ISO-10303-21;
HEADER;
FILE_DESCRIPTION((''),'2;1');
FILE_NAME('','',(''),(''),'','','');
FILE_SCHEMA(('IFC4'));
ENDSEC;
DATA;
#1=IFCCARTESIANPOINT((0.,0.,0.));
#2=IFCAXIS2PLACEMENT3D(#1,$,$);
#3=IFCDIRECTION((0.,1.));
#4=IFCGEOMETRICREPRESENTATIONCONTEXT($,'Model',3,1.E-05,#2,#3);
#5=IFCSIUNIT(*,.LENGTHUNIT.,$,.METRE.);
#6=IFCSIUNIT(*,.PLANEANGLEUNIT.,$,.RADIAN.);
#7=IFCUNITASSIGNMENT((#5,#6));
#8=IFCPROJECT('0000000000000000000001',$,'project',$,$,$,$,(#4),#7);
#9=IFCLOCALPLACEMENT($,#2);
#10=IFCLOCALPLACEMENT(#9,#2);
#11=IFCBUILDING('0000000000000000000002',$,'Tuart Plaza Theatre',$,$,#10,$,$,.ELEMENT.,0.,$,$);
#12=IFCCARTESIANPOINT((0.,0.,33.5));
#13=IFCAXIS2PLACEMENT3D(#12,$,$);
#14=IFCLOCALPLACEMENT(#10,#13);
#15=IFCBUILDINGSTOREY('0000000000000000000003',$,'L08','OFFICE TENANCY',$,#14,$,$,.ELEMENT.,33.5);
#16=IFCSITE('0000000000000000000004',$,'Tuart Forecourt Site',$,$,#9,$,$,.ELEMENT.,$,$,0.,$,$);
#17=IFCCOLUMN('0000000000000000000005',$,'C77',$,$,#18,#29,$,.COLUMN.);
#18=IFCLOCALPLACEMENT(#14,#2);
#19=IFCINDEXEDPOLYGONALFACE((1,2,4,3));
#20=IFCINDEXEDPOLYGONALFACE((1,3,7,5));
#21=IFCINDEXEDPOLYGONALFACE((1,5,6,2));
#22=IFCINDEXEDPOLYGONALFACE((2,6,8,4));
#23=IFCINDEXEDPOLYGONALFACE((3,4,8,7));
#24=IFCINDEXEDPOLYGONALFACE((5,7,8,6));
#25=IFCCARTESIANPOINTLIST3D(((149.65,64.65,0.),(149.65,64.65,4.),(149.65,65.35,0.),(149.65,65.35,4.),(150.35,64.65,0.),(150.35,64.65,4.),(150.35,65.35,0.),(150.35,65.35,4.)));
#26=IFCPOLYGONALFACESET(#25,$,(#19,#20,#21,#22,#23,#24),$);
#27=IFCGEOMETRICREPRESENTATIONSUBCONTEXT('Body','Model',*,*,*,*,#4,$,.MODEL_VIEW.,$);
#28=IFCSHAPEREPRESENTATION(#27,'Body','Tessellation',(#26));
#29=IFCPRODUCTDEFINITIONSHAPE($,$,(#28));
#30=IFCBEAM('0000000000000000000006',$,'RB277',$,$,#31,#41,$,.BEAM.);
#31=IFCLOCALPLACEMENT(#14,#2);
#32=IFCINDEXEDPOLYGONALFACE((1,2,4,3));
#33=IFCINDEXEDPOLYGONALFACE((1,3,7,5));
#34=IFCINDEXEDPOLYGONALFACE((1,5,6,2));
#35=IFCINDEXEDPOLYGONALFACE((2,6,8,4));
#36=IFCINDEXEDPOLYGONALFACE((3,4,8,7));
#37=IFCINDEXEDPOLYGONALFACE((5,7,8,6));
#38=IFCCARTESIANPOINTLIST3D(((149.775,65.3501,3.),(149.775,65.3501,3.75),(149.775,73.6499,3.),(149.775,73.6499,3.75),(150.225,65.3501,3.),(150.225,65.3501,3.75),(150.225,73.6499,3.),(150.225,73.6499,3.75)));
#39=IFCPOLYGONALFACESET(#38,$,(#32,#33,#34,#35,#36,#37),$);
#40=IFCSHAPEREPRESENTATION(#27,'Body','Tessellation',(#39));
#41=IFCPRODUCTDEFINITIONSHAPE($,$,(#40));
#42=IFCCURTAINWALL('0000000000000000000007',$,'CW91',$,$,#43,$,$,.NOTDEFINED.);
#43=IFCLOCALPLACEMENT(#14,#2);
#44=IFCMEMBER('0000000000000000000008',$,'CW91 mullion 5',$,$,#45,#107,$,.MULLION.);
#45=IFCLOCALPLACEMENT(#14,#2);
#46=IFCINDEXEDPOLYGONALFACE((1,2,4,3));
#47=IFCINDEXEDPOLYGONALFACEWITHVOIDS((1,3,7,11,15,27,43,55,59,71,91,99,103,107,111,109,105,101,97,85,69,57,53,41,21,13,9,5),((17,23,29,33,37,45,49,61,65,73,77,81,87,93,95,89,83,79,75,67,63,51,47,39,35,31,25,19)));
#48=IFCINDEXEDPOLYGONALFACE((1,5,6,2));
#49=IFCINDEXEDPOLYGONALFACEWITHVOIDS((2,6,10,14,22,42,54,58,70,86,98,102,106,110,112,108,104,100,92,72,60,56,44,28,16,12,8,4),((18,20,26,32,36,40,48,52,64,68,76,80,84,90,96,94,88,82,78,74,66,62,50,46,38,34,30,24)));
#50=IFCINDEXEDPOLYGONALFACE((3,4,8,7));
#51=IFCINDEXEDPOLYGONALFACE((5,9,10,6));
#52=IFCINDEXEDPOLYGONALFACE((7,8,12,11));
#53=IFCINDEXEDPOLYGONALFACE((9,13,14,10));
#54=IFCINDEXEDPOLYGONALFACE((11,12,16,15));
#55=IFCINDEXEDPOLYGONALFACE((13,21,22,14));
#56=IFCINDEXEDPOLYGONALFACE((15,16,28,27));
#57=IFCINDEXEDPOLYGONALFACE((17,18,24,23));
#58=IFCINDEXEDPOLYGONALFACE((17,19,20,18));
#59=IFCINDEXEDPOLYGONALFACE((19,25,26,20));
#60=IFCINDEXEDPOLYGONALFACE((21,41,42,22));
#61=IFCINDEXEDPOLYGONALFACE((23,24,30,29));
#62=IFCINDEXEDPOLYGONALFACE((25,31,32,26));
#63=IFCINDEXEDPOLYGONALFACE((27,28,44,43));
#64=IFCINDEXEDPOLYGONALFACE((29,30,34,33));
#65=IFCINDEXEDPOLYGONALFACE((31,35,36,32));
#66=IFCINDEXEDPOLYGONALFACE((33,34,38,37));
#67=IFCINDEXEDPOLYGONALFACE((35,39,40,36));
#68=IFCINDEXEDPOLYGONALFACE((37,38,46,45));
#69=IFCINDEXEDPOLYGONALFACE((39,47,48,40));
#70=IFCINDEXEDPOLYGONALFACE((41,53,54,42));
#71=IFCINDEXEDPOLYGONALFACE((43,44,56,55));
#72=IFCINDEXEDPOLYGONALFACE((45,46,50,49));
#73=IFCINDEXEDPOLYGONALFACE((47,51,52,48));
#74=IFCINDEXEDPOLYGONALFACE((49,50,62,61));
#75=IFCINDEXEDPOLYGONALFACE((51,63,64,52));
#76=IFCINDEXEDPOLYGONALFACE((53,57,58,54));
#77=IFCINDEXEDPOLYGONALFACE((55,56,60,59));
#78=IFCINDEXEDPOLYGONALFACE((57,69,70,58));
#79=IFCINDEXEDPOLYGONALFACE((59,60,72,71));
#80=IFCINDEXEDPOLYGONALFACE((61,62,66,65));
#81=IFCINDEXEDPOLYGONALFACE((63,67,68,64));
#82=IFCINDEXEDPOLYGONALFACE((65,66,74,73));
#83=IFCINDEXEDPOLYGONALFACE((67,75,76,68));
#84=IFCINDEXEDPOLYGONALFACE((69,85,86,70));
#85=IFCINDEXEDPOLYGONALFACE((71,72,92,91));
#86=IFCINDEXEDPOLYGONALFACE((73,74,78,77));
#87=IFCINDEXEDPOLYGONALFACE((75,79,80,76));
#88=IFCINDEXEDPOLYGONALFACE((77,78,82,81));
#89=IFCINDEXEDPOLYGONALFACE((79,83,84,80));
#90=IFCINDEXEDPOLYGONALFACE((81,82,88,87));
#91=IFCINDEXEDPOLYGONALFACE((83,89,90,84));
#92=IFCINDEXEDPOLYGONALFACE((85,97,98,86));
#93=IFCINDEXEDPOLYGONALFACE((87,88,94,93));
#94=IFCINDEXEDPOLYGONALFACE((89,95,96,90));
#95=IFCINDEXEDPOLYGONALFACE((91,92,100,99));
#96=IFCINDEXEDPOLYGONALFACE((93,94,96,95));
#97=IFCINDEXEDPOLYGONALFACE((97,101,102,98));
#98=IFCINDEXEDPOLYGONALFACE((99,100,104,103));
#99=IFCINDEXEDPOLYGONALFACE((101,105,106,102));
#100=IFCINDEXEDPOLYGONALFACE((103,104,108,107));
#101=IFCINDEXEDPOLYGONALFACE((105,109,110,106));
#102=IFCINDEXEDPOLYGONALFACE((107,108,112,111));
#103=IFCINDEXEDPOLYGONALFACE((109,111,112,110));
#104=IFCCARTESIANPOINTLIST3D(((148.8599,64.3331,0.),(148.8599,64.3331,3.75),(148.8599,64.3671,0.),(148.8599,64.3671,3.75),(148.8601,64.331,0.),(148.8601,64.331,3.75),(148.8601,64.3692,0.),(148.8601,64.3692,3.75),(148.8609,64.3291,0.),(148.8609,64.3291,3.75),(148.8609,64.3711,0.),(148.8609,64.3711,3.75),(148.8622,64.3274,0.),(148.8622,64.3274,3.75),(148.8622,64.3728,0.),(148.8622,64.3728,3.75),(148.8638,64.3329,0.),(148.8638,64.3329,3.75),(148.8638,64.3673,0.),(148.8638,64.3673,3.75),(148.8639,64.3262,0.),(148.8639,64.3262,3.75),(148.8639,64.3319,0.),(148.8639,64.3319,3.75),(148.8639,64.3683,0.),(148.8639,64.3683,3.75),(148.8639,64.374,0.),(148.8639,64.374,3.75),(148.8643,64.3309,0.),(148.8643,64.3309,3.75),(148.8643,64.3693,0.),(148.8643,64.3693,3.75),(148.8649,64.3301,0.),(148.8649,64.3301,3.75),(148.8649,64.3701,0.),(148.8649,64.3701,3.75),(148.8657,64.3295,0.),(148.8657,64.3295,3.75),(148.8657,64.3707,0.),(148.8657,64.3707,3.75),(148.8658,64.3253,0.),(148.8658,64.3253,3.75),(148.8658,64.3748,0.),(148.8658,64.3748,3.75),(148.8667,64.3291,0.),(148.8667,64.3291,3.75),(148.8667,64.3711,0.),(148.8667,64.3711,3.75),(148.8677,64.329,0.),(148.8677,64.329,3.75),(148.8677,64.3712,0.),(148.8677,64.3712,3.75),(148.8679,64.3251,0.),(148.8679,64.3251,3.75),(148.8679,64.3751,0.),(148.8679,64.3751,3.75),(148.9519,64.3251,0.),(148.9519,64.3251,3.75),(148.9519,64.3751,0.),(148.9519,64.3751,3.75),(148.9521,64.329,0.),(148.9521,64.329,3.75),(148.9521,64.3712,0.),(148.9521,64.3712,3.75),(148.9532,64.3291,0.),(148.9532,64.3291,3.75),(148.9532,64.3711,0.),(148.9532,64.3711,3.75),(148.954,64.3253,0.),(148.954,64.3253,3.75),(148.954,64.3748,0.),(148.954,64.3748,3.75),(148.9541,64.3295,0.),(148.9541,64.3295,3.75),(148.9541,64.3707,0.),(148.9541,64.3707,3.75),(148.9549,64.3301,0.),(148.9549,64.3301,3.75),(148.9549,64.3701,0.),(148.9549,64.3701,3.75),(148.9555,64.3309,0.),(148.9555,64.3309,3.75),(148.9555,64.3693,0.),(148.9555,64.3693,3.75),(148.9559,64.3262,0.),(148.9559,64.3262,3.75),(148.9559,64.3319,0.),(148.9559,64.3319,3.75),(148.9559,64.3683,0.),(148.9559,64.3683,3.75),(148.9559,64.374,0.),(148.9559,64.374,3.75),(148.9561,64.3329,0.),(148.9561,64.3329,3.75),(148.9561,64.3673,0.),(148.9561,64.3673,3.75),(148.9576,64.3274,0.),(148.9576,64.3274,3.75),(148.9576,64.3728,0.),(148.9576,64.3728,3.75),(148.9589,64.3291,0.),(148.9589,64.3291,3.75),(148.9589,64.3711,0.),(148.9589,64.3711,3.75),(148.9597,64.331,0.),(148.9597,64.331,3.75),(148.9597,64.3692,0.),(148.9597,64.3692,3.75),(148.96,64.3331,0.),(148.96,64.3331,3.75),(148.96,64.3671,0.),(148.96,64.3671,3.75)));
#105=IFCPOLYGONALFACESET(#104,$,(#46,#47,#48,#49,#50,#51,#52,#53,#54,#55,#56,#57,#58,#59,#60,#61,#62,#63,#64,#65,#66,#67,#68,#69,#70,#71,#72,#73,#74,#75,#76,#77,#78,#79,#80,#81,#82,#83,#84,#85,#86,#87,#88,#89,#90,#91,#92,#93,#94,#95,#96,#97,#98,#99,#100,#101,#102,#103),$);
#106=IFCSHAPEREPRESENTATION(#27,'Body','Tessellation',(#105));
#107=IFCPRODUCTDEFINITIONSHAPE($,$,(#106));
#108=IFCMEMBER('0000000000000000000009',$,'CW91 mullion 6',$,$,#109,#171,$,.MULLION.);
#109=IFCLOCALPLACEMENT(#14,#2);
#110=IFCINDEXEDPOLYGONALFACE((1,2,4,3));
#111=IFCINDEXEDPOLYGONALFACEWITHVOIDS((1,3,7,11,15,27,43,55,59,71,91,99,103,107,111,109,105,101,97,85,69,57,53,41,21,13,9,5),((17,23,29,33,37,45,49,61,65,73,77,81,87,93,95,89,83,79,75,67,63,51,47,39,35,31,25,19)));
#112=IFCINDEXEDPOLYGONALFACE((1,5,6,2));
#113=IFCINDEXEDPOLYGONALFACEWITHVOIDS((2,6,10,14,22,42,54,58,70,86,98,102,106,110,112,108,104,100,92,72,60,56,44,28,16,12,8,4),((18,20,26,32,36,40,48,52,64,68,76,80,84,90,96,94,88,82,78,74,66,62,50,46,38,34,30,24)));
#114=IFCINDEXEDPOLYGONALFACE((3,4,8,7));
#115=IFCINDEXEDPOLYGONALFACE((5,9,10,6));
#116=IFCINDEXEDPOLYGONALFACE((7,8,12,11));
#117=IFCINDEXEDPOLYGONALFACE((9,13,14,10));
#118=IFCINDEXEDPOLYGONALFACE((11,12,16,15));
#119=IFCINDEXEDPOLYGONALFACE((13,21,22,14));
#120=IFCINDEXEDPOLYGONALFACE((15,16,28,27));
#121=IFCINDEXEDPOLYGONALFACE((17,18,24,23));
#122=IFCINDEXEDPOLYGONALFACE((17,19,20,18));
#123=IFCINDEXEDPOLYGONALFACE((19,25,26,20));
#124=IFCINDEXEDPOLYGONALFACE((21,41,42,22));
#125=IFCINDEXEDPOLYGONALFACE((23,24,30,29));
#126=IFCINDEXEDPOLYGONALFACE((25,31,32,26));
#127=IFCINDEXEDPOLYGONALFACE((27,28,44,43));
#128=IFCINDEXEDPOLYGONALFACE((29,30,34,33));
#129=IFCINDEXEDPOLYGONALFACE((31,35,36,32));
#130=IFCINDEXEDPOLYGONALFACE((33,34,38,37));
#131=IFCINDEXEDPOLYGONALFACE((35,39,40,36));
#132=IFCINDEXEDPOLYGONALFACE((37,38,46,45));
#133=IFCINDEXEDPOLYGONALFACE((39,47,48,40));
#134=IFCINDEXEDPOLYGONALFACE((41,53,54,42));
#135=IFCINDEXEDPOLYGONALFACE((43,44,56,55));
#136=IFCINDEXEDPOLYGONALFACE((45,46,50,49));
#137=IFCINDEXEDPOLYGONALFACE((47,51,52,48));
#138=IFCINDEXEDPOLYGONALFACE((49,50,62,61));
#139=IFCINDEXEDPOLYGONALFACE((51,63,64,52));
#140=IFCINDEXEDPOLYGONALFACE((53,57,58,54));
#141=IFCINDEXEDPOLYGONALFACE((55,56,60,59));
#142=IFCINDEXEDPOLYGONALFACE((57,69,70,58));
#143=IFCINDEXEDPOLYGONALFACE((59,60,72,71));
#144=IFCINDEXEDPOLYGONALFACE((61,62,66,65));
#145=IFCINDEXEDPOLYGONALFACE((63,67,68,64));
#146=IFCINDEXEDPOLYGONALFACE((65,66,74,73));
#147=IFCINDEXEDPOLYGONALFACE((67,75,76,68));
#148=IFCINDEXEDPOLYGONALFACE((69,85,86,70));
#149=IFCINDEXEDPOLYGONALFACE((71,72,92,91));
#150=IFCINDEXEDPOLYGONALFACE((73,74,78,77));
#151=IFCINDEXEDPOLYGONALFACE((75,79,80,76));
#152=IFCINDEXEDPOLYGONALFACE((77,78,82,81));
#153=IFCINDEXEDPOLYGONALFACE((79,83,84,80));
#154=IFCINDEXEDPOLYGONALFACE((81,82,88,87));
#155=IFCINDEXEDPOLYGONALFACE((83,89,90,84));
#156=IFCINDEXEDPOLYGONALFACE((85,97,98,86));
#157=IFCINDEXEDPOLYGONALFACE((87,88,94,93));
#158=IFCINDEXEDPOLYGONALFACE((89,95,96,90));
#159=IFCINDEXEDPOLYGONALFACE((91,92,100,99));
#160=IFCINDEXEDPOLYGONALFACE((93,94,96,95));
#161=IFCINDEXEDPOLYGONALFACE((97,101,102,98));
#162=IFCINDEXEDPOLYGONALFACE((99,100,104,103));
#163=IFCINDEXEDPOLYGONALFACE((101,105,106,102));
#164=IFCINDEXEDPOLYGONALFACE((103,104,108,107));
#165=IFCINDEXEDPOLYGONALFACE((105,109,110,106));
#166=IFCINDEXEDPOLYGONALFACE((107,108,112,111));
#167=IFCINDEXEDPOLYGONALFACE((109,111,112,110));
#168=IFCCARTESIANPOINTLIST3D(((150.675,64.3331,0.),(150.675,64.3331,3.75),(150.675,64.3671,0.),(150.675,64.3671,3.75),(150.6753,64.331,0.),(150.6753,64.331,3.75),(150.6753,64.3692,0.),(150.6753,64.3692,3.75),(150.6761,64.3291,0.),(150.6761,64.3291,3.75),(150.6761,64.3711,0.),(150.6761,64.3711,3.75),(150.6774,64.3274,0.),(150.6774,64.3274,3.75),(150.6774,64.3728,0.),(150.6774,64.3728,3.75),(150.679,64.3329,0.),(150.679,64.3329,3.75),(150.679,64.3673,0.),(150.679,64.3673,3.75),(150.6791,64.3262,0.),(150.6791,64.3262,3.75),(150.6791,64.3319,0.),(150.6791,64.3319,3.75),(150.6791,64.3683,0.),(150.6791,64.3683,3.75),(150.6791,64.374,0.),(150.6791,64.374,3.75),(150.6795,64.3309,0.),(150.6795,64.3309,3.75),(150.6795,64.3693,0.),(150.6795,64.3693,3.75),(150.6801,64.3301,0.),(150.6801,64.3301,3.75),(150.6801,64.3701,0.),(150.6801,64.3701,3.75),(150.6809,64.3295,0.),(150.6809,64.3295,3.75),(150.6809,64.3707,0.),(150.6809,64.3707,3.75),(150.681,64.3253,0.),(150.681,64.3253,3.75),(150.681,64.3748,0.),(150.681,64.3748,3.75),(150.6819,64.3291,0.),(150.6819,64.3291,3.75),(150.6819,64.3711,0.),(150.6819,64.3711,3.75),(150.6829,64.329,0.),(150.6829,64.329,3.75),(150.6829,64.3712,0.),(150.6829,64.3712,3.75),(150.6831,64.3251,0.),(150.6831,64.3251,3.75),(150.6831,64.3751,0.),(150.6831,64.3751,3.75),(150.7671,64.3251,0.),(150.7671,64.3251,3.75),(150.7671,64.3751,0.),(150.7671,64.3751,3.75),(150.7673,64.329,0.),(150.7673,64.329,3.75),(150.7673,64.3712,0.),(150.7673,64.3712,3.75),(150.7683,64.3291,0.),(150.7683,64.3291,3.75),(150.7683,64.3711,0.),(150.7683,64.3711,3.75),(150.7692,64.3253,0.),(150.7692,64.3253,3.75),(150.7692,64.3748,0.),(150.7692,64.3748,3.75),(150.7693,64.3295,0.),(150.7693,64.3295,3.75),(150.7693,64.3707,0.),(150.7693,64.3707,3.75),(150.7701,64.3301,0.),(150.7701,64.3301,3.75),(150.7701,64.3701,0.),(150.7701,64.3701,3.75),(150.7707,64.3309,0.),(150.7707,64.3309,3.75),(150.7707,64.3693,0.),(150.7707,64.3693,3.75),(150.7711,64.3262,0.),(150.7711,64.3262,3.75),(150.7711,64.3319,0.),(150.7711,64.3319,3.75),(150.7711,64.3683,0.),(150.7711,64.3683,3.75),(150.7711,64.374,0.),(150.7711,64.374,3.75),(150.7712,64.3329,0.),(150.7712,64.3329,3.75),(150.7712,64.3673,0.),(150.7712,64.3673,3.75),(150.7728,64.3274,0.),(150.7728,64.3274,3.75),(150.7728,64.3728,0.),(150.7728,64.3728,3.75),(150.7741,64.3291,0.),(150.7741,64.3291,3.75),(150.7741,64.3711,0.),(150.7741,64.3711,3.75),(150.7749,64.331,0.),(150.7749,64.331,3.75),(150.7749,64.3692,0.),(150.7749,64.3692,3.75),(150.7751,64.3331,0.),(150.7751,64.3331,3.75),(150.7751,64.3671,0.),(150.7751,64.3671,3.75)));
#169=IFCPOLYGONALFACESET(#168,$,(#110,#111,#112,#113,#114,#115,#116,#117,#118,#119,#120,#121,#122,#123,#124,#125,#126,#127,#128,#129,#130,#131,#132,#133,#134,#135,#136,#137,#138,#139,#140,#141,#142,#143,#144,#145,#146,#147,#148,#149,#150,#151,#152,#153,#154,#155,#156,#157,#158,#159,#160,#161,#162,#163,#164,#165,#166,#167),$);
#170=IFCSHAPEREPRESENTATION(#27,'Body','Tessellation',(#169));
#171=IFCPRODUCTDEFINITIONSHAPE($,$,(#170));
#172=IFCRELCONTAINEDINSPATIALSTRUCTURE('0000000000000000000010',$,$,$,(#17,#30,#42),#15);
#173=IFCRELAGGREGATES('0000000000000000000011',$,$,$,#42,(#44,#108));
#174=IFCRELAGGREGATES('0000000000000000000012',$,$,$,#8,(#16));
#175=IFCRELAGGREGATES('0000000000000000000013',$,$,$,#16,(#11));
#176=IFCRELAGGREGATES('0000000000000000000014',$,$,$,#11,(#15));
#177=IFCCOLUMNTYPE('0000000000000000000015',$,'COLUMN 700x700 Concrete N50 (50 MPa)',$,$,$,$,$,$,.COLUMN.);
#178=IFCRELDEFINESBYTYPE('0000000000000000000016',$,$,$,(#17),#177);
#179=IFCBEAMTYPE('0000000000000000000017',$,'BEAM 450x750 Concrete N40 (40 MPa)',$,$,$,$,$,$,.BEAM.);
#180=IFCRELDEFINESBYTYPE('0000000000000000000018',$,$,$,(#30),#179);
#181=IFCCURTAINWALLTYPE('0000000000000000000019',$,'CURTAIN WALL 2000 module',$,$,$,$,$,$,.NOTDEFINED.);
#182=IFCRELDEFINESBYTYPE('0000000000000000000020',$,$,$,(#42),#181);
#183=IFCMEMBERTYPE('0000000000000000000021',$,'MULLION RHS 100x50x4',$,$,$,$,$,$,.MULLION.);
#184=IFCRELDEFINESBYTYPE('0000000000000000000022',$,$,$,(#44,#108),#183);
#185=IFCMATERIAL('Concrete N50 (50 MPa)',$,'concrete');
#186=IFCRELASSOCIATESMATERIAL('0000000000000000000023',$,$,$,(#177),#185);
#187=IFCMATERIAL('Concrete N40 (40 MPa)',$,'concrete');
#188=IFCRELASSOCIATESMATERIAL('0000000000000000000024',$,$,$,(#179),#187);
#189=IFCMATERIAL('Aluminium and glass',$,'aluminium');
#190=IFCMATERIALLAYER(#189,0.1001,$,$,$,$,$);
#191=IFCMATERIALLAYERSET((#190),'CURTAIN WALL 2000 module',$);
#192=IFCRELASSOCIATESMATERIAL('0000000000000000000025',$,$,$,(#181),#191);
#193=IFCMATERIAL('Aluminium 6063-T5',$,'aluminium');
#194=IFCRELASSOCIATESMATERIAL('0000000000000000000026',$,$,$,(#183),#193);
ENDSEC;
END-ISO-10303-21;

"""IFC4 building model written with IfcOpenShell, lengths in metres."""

from ifc_helpers import new_model, si_unit, direction, frame, origin, origin_2d, place, context, subcontext, project, spatial, rectangle, hollow_rectangle, extrude, material, layer, layer_set, material_profile, profile_set, type_object, element, aggregate, save


model = new_model("IFC4")

# Units and contexts
model_context = context("Model", 3, precision=1e-05, world=origin(), true_north=direction((0.0, 1.0)))
body_context = subcontext(model_context, "Body", "Model", "MODEL_VIEW")
ifc_project = project(units=[si_unit("LENGTHUNIT", "METRE"), si_unit("PLANEANGLEUNIT", "RADIAN")], contexts=[model_context])

# Site, building, storey
site_placement = place(None, origin())
site = spatial("IfcSite", under=ifc_project, at=site_placement, Name="Tuart Forecourt Site", CompositionType="ELEMENT", RefElevation=0.0)
building_placement = place(site_placement, origin())
building = spatial("IfcBuilding", under=site, at=building_placement, Name="Tuart Plaza Theatre", CompositionType="ELEMENT", ElevationOfRefHeight=0.0)
storey_placement = place(building_placement, frame((0.0, 0.0, 33.5)))
storey = spatial("IfcBuildingStorey", under=building, at=storey_placement, Name="L08", Description="OFFICE TENANCY", CompositionType="ELEMENT", Elevation=33.5)

# Column
ifc_material_1 = material(Name="Concrete N50 (50 MPa)", Category="concrete")
ifc_material_profile_1 = material_profile(ifc_material_1, rectangle(XDim=0.7, YDim=0.7, at=origin_2d()), Name="COLUMN 700x700 Concrete N50 (50 MPa)")
ifc_profile_set_1 = profile_set([ifc_material_profile_1], Name="Concrete N50 (50 MPa)")
column_type = type_object("IfcColumnType", Name="COLUMN 700x700 Concrete N50 (50 MPa)", PredefinedType="COLUMN", material=ifc_profile_set_1)
column_placement = place(storey_placement, frame((150.0, 65.0, 0.0), z_axis=(0.0, 0.0, 1.0), x_axis=(1.0, 0.0, 0.0)))
element("IfcColumn", 1, at=column_placement, inside=storey, type_object=column_type, Name="C77", PredefinedType="COLUMN", context=body_context, shape_type="SweptSolid", body=[
    extrude(rectangle(XDim=0.7, YDim=0.7, at=origin_2d()), origin(), (0.0, 0.0, 1.0), 4.0),
])

# Beam
ifc_material_2 = material(Name="Concrete N40 (40 MPa)", Category="concrete")
ifc_material_profile_2 = material_profile(ifc_material_2, rectangle(XDim=0.45, YDim=0.75, at=origin_2d()), Name="BEAM 450x750 Concrete N40 (40 MPa)")
ifc_profile_set_2 = profile_set([ifc_material_profile_2], Name="Concrete N40 (40 MPa)")
beam_type = type_object("IfcBeamType", Name="BEAM 450x750 Concrete N40 (40 MPa)", PredefinedType="BEAM", material=ifc_profile_set_2)
beam_placement = place(storey_placement, frame((150.0, 65.3501, 3.375), z_axis=(0.0, 1.0, 0.0), x_axis=(-1.0, 0.0, 0.0)))
element("IfcBeam", 2, at=beam_placement, inside=storey, type_object=beam_type, Name="RB277", PredefinedType="BEAM", context=body_context, shape_type="SweptSolid", body=[
    extrude(rectangle(XDim=0.45, YDim=0.75, at=origin_2d()), origin(), (0.0, 0.0, 1.0), 8.2998),
])

# Curtain wall, members
ifc_material_3 = material(Name="Aluminium and glass", Category="aluminium")
ifc_layer_1 = layer(ifc_material_3, 0.1001)
ifc_layer_set_1 = layer_set([ifc_layer_1], Name="CURTAIN WALL 2000 module")
curtain_wall_type = type_object("IfcCurtainWallType", Name="CURTAIN WALL 2000 module", PredefinedType="NOTDEFINED", material=ifc_layer_set_1)
curtain_wall_1_placement = place(storey_placement, origin())
curtain_wall_1 = element("IfcCurtainWall", 3, at=curtain_wall_1_placement, inside=storey, type_object=curtain_wall_type, Name="CW91", PredefinedType="NOTDEFINED")
ifc_material_4 = material(Name="Aluminium 6063-T5", Category="aluminium")
ifc_material_profile_3 = material_profile(ifc_material_4, hollow_rectangle(XDim=0.05, YDim=0.1001, WallThickness=0.0039, InnerFilletRadius=0.0039, OuterFilletRadius=0.0081, at=origin_2d()), Name="RHS 100x50x4")
ifc_profile_set_3 = profile_set([ifc_material_profile_3], Name="Aluminium 6063-T5")
member_type_1 = type_object("IfcMemberType", Name="MULLION RHS 100x50x4", PredefinedType="MULLION", material=ifc_profile_set_3)
member_1_placement = place(storey_placement, frame((148.9099, 64.3501, 0.0), z_axis=(0.0, 0.0, 1.0), x_axis=(0.0, 1.0, 0.0)))
member_1 = element("IfcMember", 4, at=member_1_placement, type_object=member_type_1, Name="CW91 mullion 5", PredefinedType="MULLION", context=body_context, shape_type="SweptSolid", body=[
    extrude(hollow_rectangle(XDim=0.05, YDim=0.1001, WallThickness=0.0039, InnerFilletRadius=0.0039, OuterFilletRadius=0.0081, at=origin_2d()), origin(), (0.0, 0.0, 1.0), 3.75),
])
member_2_placement = place(storey_placement, frame((150.7251, 64.3501, 0.0), z_axis=(0.0, 0.0, 1.0), x_axis=(0.0, 1.0, 0.0)))
member_2 = element("IfcMember", 5, at=member_2_placement, type_object=member_type_1, Name="CW91 mullion 6", PredefinedType="MULLION", context=body_context, shape_type="SweptSolid", body=[
    extrude(hollow_rectangle(XDim=0.05, YDim=0.1001, WallThickness=0.0039, InnerFilletRadius=0.0039, OuterFilletRadius=0.0081, at=origin_2d()), origin(), (0.0, 0.0, 1.0), 3.75),
])

aggregate(curtain_wall_1, [member_1, member_2])

save(model, "model.ifc")
